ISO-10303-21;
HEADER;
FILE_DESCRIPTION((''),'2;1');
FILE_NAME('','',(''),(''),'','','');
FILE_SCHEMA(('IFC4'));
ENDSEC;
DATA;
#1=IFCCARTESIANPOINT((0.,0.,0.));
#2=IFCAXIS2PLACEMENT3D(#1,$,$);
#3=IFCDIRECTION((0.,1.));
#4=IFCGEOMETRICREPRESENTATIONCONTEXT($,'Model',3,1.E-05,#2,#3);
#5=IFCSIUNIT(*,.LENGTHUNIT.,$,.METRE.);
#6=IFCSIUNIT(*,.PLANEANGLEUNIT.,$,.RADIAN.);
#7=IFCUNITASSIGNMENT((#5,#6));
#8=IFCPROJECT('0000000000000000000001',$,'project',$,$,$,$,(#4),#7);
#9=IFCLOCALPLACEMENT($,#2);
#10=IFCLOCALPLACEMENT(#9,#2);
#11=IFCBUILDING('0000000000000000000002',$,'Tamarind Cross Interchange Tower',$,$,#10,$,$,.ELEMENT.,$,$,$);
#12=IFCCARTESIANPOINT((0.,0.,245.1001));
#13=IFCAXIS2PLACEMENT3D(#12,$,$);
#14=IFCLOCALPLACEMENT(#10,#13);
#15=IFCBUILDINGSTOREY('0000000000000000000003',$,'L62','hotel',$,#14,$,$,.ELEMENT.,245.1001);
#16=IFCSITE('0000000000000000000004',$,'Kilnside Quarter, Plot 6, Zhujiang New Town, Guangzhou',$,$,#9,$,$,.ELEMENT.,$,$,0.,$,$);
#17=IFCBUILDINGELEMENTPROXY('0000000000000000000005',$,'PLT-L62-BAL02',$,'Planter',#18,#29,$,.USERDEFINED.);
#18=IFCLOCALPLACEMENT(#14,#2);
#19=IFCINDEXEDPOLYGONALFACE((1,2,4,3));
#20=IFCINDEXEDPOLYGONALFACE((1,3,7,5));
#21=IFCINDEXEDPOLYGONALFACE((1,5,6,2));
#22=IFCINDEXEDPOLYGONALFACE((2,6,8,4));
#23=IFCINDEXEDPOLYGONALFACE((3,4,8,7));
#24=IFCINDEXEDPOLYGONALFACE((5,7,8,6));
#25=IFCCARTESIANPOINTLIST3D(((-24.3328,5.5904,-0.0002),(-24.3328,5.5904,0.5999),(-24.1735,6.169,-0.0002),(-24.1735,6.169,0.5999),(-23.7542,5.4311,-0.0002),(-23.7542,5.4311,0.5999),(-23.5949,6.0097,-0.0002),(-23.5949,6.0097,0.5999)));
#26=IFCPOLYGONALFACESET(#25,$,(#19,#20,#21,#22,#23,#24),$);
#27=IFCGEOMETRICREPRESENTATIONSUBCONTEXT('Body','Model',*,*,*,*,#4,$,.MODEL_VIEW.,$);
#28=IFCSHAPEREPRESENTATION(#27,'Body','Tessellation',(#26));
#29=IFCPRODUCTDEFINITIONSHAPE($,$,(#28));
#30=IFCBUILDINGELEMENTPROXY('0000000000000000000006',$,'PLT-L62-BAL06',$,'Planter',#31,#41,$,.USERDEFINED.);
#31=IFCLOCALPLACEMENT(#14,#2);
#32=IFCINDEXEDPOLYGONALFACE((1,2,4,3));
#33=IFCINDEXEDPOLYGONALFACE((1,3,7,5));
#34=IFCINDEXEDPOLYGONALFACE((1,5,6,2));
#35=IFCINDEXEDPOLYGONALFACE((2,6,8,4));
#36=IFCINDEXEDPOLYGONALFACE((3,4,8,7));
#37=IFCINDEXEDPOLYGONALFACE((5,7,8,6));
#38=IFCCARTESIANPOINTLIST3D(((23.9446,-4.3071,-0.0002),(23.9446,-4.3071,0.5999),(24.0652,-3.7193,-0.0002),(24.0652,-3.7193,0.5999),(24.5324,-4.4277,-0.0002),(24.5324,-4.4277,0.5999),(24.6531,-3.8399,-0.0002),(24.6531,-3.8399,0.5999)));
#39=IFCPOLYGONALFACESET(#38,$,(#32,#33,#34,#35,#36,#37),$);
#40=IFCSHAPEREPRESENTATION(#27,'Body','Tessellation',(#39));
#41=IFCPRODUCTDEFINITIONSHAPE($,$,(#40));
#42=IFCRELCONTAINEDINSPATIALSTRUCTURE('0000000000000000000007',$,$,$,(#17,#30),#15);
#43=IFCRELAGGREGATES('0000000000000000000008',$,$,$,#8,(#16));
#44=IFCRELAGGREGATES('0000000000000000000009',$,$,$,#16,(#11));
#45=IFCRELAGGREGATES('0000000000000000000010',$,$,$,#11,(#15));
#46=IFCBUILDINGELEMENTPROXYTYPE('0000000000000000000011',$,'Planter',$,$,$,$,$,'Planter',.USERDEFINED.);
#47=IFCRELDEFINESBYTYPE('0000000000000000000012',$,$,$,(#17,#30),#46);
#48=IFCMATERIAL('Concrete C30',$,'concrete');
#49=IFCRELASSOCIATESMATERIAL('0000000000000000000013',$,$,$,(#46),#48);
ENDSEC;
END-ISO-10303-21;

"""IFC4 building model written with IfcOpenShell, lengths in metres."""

from ifc_helpers import new_model, si_unit, direction, frame, origin, origin_2d, place, context, subcontext, project, spatial, rectangle, extrude, material, type_object, element, save


model = new_model("IFC4")

# Units and contexts
model_context = context("Model", 3, precision=1e-05, world=origin(), true_north=direction((0.0, 1.0)))
body_context = subcontext(model_context, "Body", "Model", "MODEL_VIEW")
ifc_project = project(units=[si_unit("LENGTHUNIT", "METRE"), si_unit("PLANEANGLEUNIT", "RADIAN")], contexts=[model_context])

# Site, building, storey
site_placement = place(None, origin())
site = spatial("IfcSite", under=ifc_project, at=site_placement, Name="Kilnside Quarter, Plot 6, Zhujiang New Town, Guangzhou", CompositionType="ELEMENT", RefElevation=0.0)
building_placement = place(site_placement, origin())
building = spatial("IfcBuilding", under=site, at=building_placement, Name="Tamarind Cross Interchange Tower", CompositionType="ELEMENT")
storey_placement = place(building_placement, frame((0.0, 0.0, 245.1001)))
storey = spatial("IfcBuildingStorey", under=building, at=storey_placement, Name="L62", Description="hotel", CompositionType="ELEMENT", Elevation=245.1001)

# Building element proxies
ifc_material_1 = material(Name="Concrete C30", Category="concrete")
building_element_proxy_type = type_object("IfcBuildingElementProxyType", Name="Planter", ElementType="Planter", PredefinedType="USERDEFINED", material=ifc_material_1)
proxy_1_placement = place(storey_placement, origin())
element("IfcBuildingElementProxy", 1, at=proxy_1_placement, inside=storey, type_object=building_element_proxy_type, Name="PLT-L62-BAL02", ObjectType="Planter", PredefinedType="USERDEFINED", context=body_context, shape_type="SweptSolid", body=[
    extrude(rectangle(XDim=0.6001, YDim=0.6001, at=origin_2d()), frame((-23.9639, 5.8, -0.0002), z_axis=(0.0, 0.0, 1.0), x_axis=(-0.265389, -0.964141, 0.0)), (0.0, 0.0, 1.0), 0.6001),
])
proxy_2_placement = place(storey_placement, origin())
element("IfcBuildingElementProxy", 2, at=proxy_2_placement, inside=storey, type_object=building_element_proxy_type, Name="PLT-L62-BAL06", ObjectType="Planter", PredefinedType="USERDEFINED", context=body_context, shape_type="SweptSolid", body=[
    extrude(rectangle(XDim=0.6001, YDim=0.6001, at=origin_2d()), frame((24.2988, -4.0735, -0.0002), z_axis=(0.0, 0.0, 1.0), x_axis=(0.201001, 0.979591, 0.0)), (0.0, 0.0, 1.0), 0.6001),
])

save(model, "model.ifc")
